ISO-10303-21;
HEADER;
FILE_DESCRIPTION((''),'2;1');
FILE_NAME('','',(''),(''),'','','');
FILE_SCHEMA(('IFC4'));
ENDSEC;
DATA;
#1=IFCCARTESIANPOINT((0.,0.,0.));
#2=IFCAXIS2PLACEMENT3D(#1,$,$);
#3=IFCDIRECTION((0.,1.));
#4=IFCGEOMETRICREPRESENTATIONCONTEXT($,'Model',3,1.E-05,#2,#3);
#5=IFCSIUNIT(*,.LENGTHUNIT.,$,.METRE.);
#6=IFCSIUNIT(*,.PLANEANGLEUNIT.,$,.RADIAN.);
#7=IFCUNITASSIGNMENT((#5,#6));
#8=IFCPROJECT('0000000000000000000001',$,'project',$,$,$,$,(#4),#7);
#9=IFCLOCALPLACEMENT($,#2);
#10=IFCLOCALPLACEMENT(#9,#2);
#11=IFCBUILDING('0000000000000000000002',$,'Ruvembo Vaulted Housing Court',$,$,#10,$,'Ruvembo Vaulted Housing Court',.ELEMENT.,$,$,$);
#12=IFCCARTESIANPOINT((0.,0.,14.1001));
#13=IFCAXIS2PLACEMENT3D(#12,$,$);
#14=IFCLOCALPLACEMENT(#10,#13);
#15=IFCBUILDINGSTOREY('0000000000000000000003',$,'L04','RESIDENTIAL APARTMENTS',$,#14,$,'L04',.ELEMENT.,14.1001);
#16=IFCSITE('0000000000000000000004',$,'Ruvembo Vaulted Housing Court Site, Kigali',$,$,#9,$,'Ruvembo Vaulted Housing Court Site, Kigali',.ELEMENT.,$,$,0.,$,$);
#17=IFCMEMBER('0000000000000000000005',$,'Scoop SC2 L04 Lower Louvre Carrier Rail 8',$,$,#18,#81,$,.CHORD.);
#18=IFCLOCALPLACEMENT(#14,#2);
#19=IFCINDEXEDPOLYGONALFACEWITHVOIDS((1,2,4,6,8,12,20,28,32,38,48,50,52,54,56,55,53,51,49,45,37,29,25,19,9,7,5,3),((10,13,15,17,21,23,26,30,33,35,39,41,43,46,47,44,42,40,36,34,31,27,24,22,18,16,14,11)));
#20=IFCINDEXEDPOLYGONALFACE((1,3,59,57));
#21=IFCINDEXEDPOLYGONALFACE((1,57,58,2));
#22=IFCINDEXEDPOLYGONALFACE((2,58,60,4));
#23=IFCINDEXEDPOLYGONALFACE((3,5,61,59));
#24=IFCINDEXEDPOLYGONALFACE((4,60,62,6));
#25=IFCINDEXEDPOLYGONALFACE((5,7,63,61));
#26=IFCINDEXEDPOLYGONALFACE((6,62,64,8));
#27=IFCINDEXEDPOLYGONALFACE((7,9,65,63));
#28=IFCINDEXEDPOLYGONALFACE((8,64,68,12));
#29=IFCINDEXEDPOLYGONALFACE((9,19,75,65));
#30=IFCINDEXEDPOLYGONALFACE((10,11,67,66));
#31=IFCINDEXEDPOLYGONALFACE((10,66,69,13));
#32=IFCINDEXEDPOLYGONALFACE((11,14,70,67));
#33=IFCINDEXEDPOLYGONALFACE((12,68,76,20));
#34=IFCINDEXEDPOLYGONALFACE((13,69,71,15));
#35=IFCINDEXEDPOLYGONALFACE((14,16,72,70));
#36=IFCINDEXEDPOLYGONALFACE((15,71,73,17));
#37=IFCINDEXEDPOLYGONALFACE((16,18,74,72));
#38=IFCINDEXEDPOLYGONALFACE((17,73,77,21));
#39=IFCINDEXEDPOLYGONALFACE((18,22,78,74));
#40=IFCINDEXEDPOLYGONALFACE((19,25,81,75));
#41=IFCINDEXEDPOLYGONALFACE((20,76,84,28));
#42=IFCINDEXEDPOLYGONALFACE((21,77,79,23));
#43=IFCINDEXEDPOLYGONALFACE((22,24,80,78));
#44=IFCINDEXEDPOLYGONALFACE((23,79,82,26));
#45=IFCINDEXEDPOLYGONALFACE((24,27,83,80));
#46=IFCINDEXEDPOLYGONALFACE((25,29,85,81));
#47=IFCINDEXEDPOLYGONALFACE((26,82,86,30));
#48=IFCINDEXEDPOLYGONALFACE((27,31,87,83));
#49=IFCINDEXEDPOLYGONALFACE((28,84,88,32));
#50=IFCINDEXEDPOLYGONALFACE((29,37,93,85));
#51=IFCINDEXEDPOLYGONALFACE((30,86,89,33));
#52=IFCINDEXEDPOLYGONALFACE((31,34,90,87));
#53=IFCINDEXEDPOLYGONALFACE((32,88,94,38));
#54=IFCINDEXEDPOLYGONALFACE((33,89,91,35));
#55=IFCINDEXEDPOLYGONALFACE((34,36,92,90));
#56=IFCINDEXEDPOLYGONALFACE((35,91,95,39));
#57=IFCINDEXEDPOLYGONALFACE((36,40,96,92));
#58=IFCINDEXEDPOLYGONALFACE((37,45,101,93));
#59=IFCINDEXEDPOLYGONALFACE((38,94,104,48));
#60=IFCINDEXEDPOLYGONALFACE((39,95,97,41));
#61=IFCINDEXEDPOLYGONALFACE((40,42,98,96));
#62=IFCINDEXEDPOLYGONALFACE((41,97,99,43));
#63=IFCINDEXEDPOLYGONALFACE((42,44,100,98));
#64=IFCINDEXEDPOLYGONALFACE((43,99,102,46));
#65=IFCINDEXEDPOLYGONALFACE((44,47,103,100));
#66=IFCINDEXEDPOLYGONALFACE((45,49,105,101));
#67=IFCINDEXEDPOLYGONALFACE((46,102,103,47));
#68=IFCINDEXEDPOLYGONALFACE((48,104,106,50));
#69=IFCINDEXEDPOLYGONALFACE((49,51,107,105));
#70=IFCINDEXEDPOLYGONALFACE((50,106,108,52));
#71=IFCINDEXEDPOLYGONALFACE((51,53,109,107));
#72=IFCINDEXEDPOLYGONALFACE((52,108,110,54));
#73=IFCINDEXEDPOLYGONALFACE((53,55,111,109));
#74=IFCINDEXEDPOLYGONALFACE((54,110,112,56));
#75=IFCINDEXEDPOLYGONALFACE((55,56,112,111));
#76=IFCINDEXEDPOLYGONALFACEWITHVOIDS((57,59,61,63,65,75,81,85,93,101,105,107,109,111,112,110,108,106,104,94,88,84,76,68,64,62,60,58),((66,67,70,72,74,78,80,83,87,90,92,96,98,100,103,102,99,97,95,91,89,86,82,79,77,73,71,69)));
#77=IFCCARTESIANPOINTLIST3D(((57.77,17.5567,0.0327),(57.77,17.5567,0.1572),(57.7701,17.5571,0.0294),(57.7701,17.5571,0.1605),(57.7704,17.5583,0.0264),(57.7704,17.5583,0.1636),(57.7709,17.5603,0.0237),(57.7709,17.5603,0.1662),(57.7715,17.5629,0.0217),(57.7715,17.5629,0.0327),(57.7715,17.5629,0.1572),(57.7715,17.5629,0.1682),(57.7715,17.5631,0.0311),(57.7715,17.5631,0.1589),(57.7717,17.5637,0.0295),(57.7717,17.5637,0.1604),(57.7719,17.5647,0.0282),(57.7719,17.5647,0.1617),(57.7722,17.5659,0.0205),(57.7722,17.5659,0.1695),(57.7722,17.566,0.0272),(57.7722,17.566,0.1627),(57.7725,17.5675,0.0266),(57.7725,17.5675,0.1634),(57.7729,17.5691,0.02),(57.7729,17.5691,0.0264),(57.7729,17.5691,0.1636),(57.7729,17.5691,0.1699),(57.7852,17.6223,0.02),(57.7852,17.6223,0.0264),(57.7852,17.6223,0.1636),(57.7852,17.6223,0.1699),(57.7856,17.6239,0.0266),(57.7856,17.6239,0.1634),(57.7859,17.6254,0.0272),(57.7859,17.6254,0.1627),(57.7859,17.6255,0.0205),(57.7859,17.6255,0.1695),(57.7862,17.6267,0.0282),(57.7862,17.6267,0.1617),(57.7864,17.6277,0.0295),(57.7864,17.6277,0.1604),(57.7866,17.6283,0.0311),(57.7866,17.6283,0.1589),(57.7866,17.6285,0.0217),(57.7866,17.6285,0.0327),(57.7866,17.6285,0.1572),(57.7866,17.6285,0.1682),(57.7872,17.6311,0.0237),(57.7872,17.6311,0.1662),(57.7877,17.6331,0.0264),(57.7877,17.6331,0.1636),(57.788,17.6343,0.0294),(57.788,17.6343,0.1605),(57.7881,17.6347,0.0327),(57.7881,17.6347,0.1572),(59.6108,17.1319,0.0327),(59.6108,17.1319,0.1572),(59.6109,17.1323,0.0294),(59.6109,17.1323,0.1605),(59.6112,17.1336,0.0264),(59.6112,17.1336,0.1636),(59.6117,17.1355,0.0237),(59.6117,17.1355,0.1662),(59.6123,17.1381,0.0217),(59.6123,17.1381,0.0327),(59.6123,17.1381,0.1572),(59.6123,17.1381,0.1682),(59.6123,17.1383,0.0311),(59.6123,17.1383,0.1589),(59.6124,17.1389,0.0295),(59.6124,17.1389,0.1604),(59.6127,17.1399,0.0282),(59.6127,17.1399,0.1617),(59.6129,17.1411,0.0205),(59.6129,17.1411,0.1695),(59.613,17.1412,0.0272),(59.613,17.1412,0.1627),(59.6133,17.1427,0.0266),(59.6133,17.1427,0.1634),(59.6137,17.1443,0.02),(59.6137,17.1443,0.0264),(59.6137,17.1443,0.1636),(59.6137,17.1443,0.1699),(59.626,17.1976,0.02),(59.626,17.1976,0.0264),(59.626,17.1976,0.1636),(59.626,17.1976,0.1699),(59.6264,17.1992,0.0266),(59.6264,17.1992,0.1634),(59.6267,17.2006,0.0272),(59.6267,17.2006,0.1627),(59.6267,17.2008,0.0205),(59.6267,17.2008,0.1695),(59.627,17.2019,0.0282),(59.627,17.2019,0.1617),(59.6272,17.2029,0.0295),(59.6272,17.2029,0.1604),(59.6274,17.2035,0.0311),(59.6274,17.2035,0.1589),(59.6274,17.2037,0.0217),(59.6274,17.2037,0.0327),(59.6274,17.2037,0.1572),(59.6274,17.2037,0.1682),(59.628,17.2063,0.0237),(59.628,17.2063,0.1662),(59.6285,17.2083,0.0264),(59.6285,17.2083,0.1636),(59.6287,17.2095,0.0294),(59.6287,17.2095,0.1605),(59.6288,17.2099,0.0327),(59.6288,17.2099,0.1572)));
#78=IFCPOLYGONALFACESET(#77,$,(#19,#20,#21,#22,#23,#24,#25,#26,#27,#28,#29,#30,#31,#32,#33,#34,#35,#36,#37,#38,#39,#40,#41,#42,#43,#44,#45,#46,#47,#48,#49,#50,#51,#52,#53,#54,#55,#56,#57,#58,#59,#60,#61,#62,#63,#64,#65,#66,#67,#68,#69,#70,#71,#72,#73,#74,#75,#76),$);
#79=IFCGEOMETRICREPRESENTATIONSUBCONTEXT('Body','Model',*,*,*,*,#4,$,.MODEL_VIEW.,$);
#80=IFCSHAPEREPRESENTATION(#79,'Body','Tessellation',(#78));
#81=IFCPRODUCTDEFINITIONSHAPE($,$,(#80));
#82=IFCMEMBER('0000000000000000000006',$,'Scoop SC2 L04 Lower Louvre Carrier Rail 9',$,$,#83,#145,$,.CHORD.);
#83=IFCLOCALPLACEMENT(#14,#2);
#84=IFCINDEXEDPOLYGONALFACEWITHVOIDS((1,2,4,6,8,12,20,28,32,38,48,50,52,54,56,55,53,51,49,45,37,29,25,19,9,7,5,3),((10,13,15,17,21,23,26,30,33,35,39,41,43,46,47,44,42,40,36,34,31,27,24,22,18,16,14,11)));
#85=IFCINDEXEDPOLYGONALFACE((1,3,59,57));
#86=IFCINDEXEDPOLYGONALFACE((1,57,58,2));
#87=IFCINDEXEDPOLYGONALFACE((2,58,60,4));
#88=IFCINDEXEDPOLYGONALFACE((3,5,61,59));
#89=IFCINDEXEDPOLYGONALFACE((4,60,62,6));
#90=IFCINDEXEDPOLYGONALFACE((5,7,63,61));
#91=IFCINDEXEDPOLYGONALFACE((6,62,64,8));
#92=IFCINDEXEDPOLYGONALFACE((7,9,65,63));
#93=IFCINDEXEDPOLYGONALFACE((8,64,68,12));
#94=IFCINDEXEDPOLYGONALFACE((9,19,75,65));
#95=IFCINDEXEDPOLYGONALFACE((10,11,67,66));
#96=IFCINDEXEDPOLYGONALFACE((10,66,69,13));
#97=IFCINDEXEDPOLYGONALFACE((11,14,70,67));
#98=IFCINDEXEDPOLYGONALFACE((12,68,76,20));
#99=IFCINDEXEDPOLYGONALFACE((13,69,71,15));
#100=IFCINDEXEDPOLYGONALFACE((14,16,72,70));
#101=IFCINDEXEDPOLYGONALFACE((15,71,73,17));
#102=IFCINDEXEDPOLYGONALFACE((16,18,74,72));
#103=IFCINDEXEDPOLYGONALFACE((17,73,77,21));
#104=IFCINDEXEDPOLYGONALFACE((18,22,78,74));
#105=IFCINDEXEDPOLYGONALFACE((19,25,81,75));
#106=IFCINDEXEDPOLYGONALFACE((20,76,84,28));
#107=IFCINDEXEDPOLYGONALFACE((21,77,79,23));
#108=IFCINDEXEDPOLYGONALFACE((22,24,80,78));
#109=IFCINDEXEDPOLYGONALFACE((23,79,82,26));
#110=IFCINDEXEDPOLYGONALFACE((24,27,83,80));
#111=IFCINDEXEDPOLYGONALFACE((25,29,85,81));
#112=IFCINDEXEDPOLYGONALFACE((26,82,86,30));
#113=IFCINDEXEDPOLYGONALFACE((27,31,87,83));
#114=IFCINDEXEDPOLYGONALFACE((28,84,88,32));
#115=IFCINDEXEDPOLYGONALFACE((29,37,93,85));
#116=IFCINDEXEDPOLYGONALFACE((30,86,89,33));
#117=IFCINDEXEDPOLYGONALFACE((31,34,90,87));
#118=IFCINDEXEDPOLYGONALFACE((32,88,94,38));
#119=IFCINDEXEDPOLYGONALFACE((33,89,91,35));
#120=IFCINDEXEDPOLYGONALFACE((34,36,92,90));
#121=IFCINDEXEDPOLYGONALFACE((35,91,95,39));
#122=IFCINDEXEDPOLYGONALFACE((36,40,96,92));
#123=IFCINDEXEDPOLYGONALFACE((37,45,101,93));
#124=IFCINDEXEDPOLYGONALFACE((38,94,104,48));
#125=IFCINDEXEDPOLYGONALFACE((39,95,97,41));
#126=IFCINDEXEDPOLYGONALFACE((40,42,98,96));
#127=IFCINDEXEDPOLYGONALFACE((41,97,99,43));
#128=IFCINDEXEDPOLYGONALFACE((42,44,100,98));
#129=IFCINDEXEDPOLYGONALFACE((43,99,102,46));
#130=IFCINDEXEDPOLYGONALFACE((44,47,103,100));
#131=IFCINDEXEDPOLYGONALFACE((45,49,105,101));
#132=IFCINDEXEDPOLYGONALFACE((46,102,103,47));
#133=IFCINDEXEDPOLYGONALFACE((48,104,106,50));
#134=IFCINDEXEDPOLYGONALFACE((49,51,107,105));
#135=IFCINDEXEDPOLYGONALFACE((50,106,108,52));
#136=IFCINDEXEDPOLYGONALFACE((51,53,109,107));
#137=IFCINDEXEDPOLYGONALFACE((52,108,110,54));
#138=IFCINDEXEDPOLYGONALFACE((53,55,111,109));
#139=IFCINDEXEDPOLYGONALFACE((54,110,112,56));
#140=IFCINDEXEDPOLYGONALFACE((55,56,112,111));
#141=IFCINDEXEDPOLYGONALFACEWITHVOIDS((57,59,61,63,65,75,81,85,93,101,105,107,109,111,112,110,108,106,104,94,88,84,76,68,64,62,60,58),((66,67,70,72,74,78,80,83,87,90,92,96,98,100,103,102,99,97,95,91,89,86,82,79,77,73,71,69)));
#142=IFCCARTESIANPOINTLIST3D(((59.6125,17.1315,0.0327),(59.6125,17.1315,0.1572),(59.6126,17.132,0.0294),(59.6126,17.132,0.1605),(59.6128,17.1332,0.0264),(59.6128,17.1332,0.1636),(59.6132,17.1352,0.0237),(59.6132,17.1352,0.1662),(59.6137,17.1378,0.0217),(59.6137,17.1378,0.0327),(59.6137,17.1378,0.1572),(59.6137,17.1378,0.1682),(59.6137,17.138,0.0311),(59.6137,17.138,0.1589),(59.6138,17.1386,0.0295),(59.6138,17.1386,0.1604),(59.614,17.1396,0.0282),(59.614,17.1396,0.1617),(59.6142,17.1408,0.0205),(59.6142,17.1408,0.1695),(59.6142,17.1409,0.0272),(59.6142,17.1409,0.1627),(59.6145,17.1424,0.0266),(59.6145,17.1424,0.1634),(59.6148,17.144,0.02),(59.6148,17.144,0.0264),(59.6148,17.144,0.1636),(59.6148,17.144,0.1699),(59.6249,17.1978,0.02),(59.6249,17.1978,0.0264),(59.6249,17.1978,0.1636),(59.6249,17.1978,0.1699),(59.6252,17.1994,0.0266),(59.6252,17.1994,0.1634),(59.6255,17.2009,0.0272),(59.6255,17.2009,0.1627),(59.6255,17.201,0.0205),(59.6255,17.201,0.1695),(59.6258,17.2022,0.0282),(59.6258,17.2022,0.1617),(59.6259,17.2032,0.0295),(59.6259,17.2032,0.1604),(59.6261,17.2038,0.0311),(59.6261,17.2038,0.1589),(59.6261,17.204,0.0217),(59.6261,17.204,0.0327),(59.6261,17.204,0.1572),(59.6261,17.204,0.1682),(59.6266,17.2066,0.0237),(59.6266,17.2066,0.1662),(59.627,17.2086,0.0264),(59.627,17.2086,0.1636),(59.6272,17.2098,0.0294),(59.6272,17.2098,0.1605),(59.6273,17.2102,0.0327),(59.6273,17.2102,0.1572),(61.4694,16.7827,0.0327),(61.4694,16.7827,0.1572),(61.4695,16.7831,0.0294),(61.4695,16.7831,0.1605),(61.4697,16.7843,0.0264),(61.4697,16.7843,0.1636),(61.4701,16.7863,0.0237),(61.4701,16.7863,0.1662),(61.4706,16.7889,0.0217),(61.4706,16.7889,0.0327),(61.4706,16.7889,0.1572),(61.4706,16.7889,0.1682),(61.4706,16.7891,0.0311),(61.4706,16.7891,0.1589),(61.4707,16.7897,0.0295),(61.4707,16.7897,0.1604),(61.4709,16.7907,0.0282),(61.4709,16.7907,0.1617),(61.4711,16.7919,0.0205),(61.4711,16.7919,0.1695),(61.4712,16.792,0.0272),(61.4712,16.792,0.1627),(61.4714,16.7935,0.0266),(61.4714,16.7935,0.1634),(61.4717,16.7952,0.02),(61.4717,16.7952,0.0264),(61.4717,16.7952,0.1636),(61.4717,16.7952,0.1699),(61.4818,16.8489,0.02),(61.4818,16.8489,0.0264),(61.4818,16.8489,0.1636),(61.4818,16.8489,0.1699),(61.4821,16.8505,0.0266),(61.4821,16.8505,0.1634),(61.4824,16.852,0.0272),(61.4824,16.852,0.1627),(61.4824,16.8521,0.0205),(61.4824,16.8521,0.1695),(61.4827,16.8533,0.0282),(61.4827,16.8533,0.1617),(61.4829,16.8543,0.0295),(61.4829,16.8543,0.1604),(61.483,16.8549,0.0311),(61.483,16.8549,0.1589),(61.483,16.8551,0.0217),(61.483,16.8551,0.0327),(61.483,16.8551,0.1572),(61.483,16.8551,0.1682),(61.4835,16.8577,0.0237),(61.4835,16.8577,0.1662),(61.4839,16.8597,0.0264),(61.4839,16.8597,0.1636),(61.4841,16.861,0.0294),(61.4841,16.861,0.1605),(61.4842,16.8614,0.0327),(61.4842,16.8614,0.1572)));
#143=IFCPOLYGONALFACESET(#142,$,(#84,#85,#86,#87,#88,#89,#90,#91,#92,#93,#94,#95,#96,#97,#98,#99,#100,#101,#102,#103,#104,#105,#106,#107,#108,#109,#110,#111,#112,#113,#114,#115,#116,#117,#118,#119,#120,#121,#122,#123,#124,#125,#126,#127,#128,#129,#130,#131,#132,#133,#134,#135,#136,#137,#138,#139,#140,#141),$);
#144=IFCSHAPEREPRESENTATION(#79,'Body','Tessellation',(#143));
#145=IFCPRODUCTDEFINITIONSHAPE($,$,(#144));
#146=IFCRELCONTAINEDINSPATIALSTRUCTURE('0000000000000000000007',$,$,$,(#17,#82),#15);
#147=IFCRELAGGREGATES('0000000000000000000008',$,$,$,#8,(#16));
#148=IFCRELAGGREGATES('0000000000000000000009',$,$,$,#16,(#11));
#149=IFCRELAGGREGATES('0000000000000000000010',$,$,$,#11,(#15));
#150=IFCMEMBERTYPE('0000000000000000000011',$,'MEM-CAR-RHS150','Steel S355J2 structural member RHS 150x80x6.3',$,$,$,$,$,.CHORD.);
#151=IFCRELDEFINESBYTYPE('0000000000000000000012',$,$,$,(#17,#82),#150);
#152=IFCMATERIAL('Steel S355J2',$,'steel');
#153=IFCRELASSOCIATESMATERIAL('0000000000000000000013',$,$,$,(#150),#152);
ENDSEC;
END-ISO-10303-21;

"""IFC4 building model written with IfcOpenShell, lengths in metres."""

from ifc_helpers import new_model, si_unit, direction, frame, origin, origin_2d, place, context, subcontext, project, spatial, hollow_rectangle, extrude, material, material_profile, profile_set, type_object, element, save


model = new_model("IFC4")

# Units and contexts
model_context = context("Model", 3, precision=1e-05, world=origin(), true_north=direction((0.0, 1.0)))
body_context = subcontext(model_context, "Body", "Model", "MODEL_VIEW")
ifc_project = project(units=[si_unit("LENGTHUNIT", "METRE"), si_unit("PLANEANGLEUNIT", "RADIAN")], contexts=[model_context])

# Site, building, storey
site_placement = place(None, origin())
site = spatial("IfcSite", under=ifc_project, at=site_placement, Name="Ruvembo Vaulted Housing Court Site, Kigali", LongName="Ruvembo Vaulted Housing Court Site, Kigali", CompositionType="ELEMENT", RefElevation=0.0)
building_placement = place(site_placement, origin())
building = spatial("IfcBuilding", under=site, at=building_placement, Name="Ruvembo Vaulted Housing Court", LongName="Ruvembo Vaulted Housing Court", CompositionType="ELEMENT")
storey_placement = place(building_placement, frame((0.0, 0.0, 14.1001)))
storey = spatial("IfcBuildingStorey", under=building, at=storey_placement, Name="L04", Description="RESIDENTIAL APARTMENTS", LongName="L04", CompositionType="ELEMENT", Elevation=14.1001)

# Shared definitions
ifc_material_1 = material(Name="Steel S355J2", Category="steel")

# Members
ifc_material_profile_1 = material_profile(ifc_material_1, hollow_rectangle(XDim=0.0801, YDim=0.1499, WallThickness=0.0063, InnerFilletRadius=0.0063, OuterFilletRadius=0.0127, at=origin_2d()), Name="RHS 150x80x6.3")
ifc_profile_set_1 = profile_set([ifc_material_profile_1], Name="Steel S355J2")
member_type_1 = type_object("IfcMemberType", Name="MEM-CAR-RHS150", Description="Steel S355J2 structural member RHS 150x80x6.3", PredefinedType="CHORD", material=ifc_profile_set_1)
member_1_placement = place(storey_placement, frame((57.7791, 17.5957, 0.095), z_axis=(0.974391, -0.22486, 0.0), x_axis=(0.22486, 0.974391, 0.0)))
element("IfcMember", 1, at=member_1_placement, inside=storey, type_object=member_type_1, Name="Scoop SC2 L04 Lower Louvre Carrier Rail 8", PredefinedType="CHORD", context=body_context, shape_type="SweptSolid", body=[
    extrude(hollow_rectangle(XDim=0.0801, YDim=0.1499, WallThickness=0.0063, InnerFilletRadius=0.0063, OuterFilletRadius=0.0127, at=origin_2d()), origin(), (0.0, 0.0, 1.0), 1.8892),
])
member_2_placement = place(storey_placement, frame((59.6199, 17.1709, 0.095), z_axis=(0.982805, -0.184647, 0.0), x_axis=(0.184647, 0.982805, 0.0)))
element("IfcMember", 2, at=member_2_placement, inside=storey, type_object=member_type_1, Name="Scoop SC2 L04 Lower Louvre Carrier Rail 9", PredefinedType="CHORD", context=body_context, shape_type="SweptSolid", body=[
    extrude(hollow_rectangle(XDim=0.0801, YDim=0.1499, WallThickness=0.0063, InnerFilletRadius=0.0063, OuterFilletRadius=0.0127, at=origin_2d()), origin(), (0.0, 0.0, 1.0), 1.8894),
])

save(model, "model.ifc")
